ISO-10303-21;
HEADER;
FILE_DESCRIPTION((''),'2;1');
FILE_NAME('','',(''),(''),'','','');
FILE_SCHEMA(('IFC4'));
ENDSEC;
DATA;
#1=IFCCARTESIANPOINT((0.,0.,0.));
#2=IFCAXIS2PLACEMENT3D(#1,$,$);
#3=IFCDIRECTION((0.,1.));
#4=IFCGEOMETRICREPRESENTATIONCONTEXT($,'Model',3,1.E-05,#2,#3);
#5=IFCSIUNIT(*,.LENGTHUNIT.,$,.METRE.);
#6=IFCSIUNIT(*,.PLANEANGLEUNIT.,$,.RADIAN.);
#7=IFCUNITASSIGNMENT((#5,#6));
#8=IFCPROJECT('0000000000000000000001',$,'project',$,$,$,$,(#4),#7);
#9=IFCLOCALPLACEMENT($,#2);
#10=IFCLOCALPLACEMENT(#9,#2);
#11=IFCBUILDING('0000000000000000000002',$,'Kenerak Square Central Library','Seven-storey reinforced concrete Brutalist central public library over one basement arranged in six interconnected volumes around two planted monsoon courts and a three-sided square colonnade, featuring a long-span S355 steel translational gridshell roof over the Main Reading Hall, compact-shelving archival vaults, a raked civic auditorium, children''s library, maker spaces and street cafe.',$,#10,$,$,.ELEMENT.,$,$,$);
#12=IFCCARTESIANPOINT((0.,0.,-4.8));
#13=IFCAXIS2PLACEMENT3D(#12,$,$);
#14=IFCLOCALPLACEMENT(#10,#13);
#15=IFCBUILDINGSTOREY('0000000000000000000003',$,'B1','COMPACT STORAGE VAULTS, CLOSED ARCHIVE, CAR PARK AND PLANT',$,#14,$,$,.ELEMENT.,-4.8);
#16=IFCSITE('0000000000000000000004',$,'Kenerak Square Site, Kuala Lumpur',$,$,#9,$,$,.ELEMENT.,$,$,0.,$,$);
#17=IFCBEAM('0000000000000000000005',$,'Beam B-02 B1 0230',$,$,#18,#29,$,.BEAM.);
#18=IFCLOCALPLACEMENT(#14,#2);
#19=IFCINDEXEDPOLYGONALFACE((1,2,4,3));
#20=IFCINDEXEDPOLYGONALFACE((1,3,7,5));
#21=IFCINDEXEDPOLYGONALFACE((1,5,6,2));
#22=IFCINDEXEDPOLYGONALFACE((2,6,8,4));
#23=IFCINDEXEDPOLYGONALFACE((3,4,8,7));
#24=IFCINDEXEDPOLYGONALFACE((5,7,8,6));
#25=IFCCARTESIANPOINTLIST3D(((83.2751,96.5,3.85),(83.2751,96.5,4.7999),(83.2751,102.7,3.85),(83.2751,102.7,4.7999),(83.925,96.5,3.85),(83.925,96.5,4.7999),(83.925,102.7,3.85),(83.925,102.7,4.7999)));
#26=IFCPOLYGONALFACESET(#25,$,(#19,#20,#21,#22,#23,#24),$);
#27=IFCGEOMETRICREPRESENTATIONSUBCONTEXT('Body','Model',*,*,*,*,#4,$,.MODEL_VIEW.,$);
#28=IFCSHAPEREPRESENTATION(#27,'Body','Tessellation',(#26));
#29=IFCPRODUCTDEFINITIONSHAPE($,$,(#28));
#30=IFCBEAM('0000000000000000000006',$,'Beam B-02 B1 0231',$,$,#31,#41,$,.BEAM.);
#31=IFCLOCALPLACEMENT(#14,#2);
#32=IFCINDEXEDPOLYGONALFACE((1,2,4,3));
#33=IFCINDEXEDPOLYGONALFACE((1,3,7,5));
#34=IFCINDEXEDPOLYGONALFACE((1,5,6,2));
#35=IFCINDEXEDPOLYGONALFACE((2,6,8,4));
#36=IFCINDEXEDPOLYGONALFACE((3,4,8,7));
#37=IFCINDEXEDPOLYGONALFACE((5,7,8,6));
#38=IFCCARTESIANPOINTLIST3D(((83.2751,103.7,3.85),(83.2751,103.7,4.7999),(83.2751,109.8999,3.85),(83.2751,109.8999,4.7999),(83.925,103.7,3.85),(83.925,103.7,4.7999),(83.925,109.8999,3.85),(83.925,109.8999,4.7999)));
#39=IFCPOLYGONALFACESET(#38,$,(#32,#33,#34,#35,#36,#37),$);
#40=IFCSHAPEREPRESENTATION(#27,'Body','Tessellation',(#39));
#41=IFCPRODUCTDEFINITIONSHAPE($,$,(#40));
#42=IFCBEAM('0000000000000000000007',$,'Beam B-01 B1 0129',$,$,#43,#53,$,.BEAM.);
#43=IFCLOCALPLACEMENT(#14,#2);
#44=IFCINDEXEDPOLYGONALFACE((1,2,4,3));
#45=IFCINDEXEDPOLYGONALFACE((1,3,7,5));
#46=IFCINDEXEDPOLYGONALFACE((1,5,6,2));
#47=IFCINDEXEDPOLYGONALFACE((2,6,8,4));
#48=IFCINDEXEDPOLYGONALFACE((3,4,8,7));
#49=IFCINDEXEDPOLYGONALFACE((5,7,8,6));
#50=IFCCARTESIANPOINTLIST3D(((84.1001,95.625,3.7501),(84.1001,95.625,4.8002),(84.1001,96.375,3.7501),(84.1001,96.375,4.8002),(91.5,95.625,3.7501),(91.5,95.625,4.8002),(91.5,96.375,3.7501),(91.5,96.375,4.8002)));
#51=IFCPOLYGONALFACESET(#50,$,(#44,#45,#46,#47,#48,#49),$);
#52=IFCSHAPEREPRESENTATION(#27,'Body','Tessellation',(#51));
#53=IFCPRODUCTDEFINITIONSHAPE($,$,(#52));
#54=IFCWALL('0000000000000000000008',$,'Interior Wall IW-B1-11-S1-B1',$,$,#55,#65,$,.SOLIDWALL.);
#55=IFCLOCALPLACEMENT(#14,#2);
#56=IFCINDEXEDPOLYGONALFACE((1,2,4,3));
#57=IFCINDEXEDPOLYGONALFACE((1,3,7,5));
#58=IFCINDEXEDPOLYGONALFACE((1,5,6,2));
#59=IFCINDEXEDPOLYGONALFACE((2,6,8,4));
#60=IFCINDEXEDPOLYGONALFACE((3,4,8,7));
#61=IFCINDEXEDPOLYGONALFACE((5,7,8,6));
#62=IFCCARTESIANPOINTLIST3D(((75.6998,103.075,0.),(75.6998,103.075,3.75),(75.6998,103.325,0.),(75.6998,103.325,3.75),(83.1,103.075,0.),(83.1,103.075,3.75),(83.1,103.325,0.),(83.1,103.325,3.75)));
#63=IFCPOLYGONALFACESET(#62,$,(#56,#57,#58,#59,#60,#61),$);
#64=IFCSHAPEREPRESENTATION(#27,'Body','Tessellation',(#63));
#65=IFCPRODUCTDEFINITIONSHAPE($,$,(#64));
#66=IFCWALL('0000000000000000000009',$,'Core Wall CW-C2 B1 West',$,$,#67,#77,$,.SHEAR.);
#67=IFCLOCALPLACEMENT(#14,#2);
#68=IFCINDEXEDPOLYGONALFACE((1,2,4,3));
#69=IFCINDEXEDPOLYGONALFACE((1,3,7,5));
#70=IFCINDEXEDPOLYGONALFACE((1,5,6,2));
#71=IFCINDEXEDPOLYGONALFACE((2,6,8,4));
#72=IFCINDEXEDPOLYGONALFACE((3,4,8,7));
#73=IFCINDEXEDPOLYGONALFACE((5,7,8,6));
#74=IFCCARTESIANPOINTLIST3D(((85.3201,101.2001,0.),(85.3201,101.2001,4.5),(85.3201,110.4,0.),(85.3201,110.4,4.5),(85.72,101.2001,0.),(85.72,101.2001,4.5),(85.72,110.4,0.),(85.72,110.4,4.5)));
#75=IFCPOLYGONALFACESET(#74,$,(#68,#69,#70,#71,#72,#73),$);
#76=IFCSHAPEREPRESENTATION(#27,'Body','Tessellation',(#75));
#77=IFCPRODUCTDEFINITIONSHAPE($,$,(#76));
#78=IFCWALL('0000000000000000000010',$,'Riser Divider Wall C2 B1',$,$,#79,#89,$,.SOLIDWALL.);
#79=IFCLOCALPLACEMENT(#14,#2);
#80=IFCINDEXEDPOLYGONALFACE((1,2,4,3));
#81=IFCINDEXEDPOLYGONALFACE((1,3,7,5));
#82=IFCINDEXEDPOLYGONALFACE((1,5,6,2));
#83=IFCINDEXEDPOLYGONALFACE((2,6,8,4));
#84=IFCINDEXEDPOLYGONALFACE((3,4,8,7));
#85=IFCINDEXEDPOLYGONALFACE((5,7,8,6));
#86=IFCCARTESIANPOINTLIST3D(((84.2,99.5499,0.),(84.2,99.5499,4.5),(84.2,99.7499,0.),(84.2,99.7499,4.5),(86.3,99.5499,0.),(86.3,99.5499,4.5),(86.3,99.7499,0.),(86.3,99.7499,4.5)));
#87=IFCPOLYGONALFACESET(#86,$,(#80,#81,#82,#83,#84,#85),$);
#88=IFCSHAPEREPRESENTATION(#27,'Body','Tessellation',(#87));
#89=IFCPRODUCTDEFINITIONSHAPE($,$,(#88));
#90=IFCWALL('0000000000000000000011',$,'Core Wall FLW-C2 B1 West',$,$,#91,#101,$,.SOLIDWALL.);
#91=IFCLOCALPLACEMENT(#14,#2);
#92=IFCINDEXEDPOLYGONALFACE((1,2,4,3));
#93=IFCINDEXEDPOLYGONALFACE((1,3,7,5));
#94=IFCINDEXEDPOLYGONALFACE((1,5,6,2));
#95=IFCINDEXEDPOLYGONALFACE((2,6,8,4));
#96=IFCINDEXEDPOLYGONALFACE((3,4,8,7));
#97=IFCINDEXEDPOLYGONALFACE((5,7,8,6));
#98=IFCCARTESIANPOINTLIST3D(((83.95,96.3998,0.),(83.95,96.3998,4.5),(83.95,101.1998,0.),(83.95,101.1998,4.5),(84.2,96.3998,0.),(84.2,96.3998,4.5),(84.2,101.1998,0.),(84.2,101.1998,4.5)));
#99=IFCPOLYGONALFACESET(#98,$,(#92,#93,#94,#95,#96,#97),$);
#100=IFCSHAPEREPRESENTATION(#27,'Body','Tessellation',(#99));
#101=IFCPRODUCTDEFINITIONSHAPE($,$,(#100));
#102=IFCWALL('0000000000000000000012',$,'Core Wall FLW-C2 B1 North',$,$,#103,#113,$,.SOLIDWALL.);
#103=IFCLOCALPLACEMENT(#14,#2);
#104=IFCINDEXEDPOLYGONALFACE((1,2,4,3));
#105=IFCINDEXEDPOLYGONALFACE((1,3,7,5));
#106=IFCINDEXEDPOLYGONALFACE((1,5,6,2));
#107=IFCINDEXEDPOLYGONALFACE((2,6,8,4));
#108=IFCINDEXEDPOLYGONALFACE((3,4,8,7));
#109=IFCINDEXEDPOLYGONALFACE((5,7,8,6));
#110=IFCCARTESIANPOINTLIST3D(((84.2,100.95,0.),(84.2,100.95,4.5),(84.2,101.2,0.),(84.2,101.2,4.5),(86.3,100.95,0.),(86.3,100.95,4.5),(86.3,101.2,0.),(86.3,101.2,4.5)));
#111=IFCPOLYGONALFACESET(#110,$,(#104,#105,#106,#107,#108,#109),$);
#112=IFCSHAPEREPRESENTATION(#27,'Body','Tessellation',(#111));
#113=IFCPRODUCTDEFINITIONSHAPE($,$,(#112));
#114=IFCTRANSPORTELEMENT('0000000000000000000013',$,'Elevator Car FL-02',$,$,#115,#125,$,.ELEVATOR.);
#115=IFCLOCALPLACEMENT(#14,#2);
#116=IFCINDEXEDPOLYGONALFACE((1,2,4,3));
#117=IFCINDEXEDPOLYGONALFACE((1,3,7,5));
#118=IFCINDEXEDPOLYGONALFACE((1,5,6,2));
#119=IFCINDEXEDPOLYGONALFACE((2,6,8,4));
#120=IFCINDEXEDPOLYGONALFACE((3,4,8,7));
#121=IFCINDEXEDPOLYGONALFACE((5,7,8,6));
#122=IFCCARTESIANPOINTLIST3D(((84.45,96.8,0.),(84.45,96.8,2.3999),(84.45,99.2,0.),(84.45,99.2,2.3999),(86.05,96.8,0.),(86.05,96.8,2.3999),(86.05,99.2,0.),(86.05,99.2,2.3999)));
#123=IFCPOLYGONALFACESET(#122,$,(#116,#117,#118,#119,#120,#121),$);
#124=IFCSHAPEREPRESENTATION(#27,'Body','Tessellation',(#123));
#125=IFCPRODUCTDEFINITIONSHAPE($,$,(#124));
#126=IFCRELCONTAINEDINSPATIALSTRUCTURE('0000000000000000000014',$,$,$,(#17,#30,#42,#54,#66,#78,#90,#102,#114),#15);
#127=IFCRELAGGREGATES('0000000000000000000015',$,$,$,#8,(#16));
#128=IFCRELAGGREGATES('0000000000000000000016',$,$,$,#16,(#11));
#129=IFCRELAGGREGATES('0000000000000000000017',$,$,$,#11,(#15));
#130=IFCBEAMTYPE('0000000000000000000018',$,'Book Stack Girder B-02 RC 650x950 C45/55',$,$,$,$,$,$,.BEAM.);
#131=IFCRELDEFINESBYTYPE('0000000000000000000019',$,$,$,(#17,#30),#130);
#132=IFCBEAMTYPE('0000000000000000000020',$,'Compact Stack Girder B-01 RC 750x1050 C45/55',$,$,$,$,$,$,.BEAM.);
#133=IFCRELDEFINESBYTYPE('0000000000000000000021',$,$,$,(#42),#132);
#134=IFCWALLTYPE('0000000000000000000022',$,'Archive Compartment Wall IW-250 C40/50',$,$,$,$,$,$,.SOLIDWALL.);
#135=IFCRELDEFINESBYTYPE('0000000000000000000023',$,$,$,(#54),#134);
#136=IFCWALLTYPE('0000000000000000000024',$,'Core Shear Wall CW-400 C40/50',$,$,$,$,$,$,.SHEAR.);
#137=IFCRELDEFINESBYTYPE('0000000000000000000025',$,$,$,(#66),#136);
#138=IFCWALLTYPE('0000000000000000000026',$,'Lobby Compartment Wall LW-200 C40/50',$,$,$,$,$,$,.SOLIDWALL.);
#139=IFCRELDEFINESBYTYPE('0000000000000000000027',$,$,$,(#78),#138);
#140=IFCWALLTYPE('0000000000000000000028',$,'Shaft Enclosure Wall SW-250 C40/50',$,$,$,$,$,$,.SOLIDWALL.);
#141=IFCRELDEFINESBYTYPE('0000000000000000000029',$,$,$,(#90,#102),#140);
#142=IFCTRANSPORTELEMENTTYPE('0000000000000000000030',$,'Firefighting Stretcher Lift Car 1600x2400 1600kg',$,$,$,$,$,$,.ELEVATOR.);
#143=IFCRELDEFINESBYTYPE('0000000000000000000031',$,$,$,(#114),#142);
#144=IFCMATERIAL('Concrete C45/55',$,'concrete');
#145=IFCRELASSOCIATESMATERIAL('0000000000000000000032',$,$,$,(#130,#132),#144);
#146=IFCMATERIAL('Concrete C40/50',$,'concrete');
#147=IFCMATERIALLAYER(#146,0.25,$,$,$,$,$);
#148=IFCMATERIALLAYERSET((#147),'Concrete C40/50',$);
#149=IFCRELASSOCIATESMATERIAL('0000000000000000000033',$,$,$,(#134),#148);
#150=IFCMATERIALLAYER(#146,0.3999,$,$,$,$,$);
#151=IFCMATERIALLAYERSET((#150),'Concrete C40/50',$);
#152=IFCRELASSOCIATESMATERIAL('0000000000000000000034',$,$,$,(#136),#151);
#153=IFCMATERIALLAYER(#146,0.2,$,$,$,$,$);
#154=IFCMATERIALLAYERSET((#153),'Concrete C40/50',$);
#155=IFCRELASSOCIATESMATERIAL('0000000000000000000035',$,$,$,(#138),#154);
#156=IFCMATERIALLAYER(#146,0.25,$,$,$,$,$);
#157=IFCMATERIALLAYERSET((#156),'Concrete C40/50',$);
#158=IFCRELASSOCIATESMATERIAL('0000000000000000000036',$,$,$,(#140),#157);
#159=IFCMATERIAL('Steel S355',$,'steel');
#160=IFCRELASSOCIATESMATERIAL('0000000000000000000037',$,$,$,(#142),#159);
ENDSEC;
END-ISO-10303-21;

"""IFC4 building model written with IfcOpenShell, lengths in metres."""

from ifc_helpers import new_model, si_unit, direction, frame, frame_2d, origin, origin_2d, place, context, subcontext, project, spatial, rectangle, extrude, material, layer, layer_set, material_profile, profile_set, type_object, element, save


model = new_model("IFC4")

# Units and contexts
model_context = context("Model", 3, precision=1e-05, world=origin(), true_north=direction((0.0, 1.0)))
body_context = subcontext(model_context, "Body", "Model", "MODEL_VIEW")
ifc_project = project(units=[si_unit("LENGTHUNIT", "METRE"), si_unit("PLANEANGLEUNIT", "RADIAN")], contexts=[model_context])

# Site, building, storey
site_placement = place(None, origin())
site = spatial("IfcSite", under=ifc_project, at=site_placement, Name="Kenerak Square Site, Kuala Lumpur", CompositionType="ELEMENT", RefElevation=0.0)
building_placement = place(site_placement, origin())
building = spatial("IfcBuilding", under=site, at=building_placement, Name="Kenerak Square Central Library", Description="Seven-storey reinforced concrete Brutalist central public library over one basement arranged in six interconnected volumes around two planted monsoon courts and a three-sided square colonnade, featuring a long-span S355 steel translational gridshell roof over the Main Reading Hall, compact-shelving archival vaults, a raked civic auditorium, children's library, maker spaces and street cafe.", CompositionType="ELEMENT")
storey_placement = place(building_placement, frame((0.0, 0.0, -4.8)))
storey = spatial("IfcBuildingStorey", under=building, at=storey_placement, Name="B1", Description="COMPACT STORAGE VAULTS, CLOSED ARCHIVE, CAR PARK AND PLANT", CompositionType="ELEMENT", Elevation=-4.8)

# Shared definitions
ifc_material_1 = material(Name="Concrete C40/50", Category="concrete")

# Shared definitions
ifc_material_2 = material(Name="Concrete C45/55", Category="concrete")

# Beams
ifc_material_profile_1 = material_profile(ifc_material_2, rectangle(XDim=0.6499, YDim=0.95, at=origin_2d()), Name="RC 650x950")
ifc_profile_set_1 = profile_set([ifc_material_profile_1], Name="Concrete C45/55")
beam_type_1 = type_object("IfcBeamType", Name="Book Stack Girder B-02 RC 650x950 C45/55", PredefinedType="BEAM", material=ifc_profile_set_1)
for number, where, z_axis, x_axis, name in (
    (1, (83.6001, 96.5, 4.325), (0.0, 1.0, 0.0), (-1.0, 0.0, 0.0), "Beam B-02 B1 0230"),
    (2, (83.6001, 103.7, 4.325), (0.0, 1.0, 0.0), (-1.0, 0.0, 0.0), "Beam B-02 B1 0231"),
):
    element("IfcBeam", number, at=place(storey_placement, frame(where, z_axis=z_axis, x_axis=x_axis)), inside=storey, type_object=beam_type_1, Name=name, PredefinedType="BEAM", context=body_context, shape_type="SweptSolid", body=[
        extrude(rectangle(XDim=0.6499, YDim=0.95, at=origin_2d()), origin(), (0.0, 0.0, 1.0), 6.2),
    ])
ifc_material_profile_2 = material_profile(ifc_material_2, rectangle(XDim=0.75, YDim=1.05, at=origin_2d()), Name="RC 750x1050")
ifc_profile_set_2 = profile_set([ifc_material_profile_2], Name="Concrete C45/55")
beam_type_2 = type_object("IfcBeamType", Name="Compact Stack Girder B-01 RC 750x1050 C45/55", PredefinedType="BEAM", material=ifc_profile_set_2)
beam_placement = place(storey_placement, frame((84.1001, 96.0, 4.2751), z_axis=(1.0, 0.0, 0.0), x_axis=(0.0, 1.0, 0.0)))
element("IfcBeam", 3, at=beam_placement, inside=storey, type_object=beam_type_2, Name="Beam B-01 B1 0129", PredefinedType="BEAM", context=body_context, shape_type="SweptSolid", body=[
    extrude(rectangle(XDim=0.75, YDim=1.05, at=origin_2d()), origin(), (0.0, 0.0, 1.0), 7.3999),
])

# Walls
ifc_layer_1 = layer(ifc_material_1, 0.25)
ifc_layer_set_1 = layer_set([ifc_layer_1], Name="Concrete C40/50")
wall_type_1 = type_object("IfcWallType", Name="Archive Compartment Wall IW-250 C40/50", PredefinedType="SOLIDWALL", material=ifc_layer_set_1)
wall_1_placement = place(storey_placement, frame((83.1001, 103.2, 0.0), z_axis=(0.0, 0.0, 1.0), x_axis=(-1.0, 0.0, 0.0)))
element("IfcWall", 4, at=wall_1_placement, inside=storey, type_object=wall_type_1, Name="Interior Wall IW-B1-11-S1-B1", PredefinedType="SOLIDWALL", context=body_context, shape_type="SweptSolid", body=[
    extrude(rectangle(XDim=7.4001, YDim=0.25, at=frame_2d((3.7002, 0.0))), origin(), (0.0, 0.0, 1.0), 3.75),
])
ifc_layer_2 = layer(ifc_material_1, 0.3999)
ifc_layer_set_2 = layer_set([ifc_layer_2], Name="Concrete C40/50")
wall_type_2 = type_object("IfcWallType", Name="Core Shear Wall CW-400 C40/50", PredefinedType="SHEAR", material=ifc_layer_set_2)
wall_2_placement = place(storey_placement, frame((85.52, 101.2, 0.0), z_axis=(0.0, 0.0, 1.0), x_axis=(0.0, 1.0, 0.0)))
element("IfcWall", 5, at=wall_2_placement, inside=storey, type_object=wall_type_2, Name="Core Wall CW-C2 B1 West", PredefinedType="SHEAR", context=body_context, shape_type="SweptSolid", body=[
    extrude(rectangle(XDim=9.2, YDim=0.3999, at=frame_2d((4.6001, 0.0))), origin(), (0.0, 0.0, 1.0), 4.5),
])
ifc_layer_3 = layer(ifc_material_1, 0.2)
ifc_layer_set_3 = layer_set([ifc_layer_3], Name="Concrete C40/50")
wall_type_3 = type_object("IfcWallType", Name="Lobby Compartment Wall LW-200 C40/50", PredefinedType="SOLIDWALL", material=ifc_layer_set_3)
wall_3_placement = place(storey_placement, frame((84.2, 99.6499, 0.0), z_axis=(0.0, 0.0, 1.0), x_axis=(1.0, 0.0, 0.0)))
element("IfcWall", 6, at=wall_3_placement, inside=storey, type_object=wall_type_3, Name="Riser Divider Wall C2 B1", PredefinedType="SOLIDWALL", context=body_context, shape_type="SweptSolid", body=[
    extrude(rectangle(XDim=2.1001, YDim=0.2, at=frame_2d((1.05, 0.0))), origin(), (0.0, 0.0, 1.0), 4.5),
])
ifc_layer_4 = layer(ifc_material_1, 0.25)
ifc_layer_set_4 = layer_set([ifc_layer_4], Name="Concrete C40/50")
wall_type_4 = type_object("IfcWallType", Name="Shaft Enclosure Wall SW-250 C40/50", PredefinedType="SOLIDWALL", material=ifc_layer_set_4)
wall_4_placement = place(storey_placement, frame((84.075, 96.3999, 0.0), z_axis=(0.0, 0.0, 1.0), x_axis=(0.0, 1.0, 0.0)))
element("IfcWall", 7, at=wall_4_placement, inside=storey, type_object=wall_type_4, Name="Core Wall FLW-C2 B1 West", PredefinedType="SOLIDWALL", context=body_context, shape_type="SweptSolid", body=[
    extrude(rectangle(XDim=4.8, YDim=0.25, at=frame_2d((2.3999, 0.0))), origin(), (0.0, 0.0, 1.0), 4.5),
])
wall_5_placement = place(storey_placement, frame((84.2, 101.075, 0.0), z_axis=(0.0, 0.0, 1.0), x_axis=(1.0, 0.0, 0.0)))
element("IfcWall", 8, at=wall_5_placement, inside=storey, type_object=wall_type_4, Name="Core Wall FLW-C2 B1 North", PredefinedType="SOLIDWALL", context=body_context, shape_type="SweptSolid", body=[
    extrude(rectangle(XDim=2.1001, YDim=0.25, at=frame_2d((1.05, 0.0))), origin(), (0.0, 0.0, 1.0), 4.5),
])

# Transport element
ifc_material_3 = material(Name="Steel S355", Category="steel")
transport_element_type = type_object("IfcTransportElementType", Name="Firefighting Stretcher Lift Car 1600x2400 1600kg", PredefinedType="ELEVATOR", material=ifc_material_3)
transport_element_placement = place(storey_placement, frame((85.25, 98.0, 0.0), z_axis=(0.0, 0.0, 1.0), x_axis=(1.0, 0.0, 0.0)))
element("IfcTransportElement", 9, at=transport_element_placement, inside=storey, type_object=transport_element_type, Name="Elevator Car FL-02", PredefinedType="ELEVATOR", context=body_context, shape_type="SweptSolid", body=[
    extrude(rectangle(XDim=1.6001, YDim=2.3999, at=origin_2d()), origin(), (0.0, 0.0, 1.0), 2.3999),
])

save(model, "model.ifc")
